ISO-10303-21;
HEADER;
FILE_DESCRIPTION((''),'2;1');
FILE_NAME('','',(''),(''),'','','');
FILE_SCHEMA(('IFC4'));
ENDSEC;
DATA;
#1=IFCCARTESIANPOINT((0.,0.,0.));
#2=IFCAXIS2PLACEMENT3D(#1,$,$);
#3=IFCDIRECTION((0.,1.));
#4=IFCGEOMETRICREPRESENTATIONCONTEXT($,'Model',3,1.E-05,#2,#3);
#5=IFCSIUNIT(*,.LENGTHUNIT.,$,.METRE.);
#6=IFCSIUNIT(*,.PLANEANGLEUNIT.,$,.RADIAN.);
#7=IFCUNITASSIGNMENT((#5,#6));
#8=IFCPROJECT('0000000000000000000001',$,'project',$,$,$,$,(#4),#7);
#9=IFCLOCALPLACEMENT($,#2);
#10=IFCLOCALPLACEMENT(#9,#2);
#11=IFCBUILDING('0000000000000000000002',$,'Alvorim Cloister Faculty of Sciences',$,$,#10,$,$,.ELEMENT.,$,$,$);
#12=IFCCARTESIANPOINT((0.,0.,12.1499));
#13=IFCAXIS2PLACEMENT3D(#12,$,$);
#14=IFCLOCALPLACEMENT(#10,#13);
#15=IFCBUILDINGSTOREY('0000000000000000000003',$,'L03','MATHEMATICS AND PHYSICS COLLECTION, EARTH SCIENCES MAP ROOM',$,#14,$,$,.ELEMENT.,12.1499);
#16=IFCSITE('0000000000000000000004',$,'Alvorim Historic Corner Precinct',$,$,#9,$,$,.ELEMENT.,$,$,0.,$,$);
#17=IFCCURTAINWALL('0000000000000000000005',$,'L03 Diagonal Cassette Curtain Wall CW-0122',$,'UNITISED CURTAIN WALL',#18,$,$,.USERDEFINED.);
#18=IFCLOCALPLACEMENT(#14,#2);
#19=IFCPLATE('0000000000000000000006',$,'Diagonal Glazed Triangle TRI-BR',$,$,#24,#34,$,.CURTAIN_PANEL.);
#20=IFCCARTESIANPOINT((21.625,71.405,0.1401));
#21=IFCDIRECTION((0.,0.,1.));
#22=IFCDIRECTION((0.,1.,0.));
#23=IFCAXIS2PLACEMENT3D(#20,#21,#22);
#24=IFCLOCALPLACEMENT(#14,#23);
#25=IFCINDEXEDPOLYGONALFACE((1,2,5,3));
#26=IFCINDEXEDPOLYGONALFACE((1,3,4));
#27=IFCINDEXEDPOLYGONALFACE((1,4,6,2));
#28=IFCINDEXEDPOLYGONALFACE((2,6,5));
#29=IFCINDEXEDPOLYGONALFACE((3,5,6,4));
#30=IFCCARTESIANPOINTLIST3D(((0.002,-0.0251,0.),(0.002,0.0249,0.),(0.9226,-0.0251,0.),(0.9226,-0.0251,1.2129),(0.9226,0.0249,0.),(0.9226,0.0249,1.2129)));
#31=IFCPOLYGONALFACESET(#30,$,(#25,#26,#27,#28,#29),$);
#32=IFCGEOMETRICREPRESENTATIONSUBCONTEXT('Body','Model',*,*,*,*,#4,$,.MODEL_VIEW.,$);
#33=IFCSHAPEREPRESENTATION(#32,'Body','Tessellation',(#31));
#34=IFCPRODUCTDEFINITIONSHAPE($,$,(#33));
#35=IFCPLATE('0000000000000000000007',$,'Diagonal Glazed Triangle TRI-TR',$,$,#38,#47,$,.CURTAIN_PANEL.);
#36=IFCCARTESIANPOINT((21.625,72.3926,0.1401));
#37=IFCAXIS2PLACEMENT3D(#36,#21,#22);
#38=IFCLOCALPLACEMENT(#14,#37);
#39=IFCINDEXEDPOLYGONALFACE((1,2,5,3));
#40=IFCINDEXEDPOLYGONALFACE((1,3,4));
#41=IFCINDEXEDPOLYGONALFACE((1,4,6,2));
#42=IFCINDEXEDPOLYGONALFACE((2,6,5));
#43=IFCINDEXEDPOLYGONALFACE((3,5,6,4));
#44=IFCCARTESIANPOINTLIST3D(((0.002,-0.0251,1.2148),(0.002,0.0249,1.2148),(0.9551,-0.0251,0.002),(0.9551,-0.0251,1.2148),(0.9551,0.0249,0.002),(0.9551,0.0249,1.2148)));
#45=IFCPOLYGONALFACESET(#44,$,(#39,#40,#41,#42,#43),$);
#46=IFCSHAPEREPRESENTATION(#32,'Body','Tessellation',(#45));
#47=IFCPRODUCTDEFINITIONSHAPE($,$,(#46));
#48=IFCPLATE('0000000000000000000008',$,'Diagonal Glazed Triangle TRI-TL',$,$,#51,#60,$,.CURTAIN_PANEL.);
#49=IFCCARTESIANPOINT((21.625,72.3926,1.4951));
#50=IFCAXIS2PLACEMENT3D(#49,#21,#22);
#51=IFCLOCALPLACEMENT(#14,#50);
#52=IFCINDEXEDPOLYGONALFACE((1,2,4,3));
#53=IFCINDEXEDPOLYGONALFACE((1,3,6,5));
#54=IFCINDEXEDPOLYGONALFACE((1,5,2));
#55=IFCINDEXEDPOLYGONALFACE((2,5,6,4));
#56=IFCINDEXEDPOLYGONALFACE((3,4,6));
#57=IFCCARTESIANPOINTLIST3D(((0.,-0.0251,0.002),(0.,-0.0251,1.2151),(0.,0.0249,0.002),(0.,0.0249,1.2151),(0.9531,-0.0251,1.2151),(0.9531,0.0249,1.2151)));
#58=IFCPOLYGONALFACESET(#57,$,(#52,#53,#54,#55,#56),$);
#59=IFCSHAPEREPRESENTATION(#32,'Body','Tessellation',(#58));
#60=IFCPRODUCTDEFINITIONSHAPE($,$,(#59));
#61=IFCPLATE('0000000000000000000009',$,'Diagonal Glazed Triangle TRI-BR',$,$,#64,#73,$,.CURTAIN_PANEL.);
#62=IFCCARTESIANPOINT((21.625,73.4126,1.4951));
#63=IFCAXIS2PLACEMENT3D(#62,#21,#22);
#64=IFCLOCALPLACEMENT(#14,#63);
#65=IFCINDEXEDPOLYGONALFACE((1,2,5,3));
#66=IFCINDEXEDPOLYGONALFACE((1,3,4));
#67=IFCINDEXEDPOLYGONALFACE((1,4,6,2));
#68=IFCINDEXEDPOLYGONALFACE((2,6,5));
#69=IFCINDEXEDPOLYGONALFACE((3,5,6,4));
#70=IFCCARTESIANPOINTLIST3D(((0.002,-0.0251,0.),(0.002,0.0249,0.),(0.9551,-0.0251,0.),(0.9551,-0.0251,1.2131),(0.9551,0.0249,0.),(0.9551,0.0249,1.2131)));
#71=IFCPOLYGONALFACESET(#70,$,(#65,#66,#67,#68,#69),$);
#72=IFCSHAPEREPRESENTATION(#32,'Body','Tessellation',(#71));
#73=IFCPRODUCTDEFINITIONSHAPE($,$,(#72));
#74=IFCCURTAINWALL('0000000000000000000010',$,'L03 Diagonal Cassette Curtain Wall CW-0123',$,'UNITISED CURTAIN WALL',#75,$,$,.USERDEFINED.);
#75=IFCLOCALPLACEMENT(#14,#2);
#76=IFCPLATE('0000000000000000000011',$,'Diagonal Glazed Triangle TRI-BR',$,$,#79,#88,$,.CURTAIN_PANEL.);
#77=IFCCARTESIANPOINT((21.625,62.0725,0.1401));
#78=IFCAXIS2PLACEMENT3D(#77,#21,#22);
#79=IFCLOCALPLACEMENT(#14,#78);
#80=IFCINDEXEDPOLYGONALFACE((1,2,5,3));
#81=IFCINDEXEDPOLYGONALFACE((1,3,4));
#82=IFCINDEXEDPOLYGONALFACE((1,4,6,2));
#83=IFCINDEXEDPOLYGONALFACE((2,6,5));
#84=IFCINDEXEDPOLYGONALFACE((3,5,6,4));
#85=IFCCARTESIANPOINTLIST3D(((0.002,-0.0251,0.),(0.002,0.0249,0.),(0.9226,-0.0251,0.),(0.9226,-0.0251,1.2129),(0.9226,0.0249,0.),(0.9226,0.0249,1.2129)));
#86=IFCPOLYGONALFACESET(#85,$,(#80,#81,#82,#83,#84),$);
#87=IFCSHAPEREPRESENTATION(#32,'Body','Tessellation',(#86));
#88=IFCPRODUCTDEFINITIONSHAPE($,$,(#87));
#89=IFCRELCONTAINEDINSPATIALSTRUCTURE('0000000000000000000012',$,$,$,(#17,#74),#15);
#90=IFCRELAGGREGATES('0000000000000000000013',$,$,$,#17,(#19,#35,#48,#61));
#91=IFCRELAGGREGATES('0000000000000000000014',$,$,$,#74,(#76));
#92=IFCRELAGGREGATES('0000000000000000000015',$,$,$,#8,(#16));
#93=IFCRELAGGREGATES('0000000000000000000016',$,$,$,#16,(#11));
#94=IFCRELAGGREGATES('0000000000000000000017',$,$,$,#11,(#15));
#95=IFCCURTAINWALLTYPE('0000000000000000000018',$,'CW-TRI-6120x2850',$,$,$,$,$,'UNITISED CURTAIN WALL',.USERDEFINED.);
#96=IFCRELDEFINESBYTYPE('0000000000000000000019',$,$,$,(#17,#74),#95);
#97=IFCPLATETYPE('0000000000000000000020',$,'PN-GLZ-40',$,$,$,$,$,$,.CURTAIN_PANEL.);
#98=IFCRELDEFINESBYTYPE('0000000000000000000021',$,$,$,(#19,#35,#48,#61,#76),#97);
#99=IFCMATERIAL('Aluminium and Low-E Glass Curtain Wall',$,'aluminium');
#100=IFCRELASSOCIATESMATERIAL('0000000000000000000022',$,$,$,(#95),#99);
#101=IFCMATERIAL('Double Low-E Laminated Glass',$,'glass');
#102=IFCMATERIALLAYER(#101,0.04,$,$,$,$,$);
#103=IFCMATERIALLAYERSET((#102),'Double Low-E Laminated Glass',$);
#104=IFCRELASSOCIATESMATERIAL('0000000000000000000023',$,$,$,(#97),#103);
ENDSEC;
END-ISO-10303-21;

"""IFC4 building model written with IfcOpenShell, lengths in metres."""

from ifc_helpers import new_model, si_unit, direction, frame, origin, place, context, subcontext, project, spatial, polyline, outline, extrude, material, layer, layer_set, type_object, element, aggregate, save


model = new_model("IFC4")

# Units and contexts
model_context = context("Model", 3, precision=1e-05, world=origin(), true_north=direction((0.0, 1.0)))
body_context = subcontext(model_context, "Body", "Model", "MODEL_VIEW")
ifc_project = project(units=[si_unit("LENGTHUNIT", "METRE"), si_unit("PLANEANGLEUNIT", "RADIAN")], contexts=[model_context])

# Site, building, storey
site_placement = place(None, origin())
site = spatial("IfcSite", under=ifc_project, at=site_placement, Name="Alvorim Historic Corner Precinct", CompositionType="ELEMENT", RefElevation=0.0)
building_placement = place(site_placement, origin())
building = spatial("IfcBuilding", under=site, at=building_placement, Name="Alvorim Cloister Faculty of Sciences", CompositionType="ELEMENT")
storey_placement = place(building_placement, frame((0.0, 0.0, 12.1499)))
storey = spatial("IfcBuildingStorey", under=building, at=storey_placement, Name="L03", Description="MATHEMATICS AND PHYSICS COLLECTION, EARTH SCIENCES MAP ROOM", CompositionType="ELEMENT", Elevation=12.1499)

# Curtain wall, plates
ifc_material_1 = material(Name="Aluminium and Low-E Glass Curtain Wall", Category="aluminium")
curtain_wall_type = type_object("IfcCurtainWallType", Name="CW-TRI-6120x2850", ElementType="UNITISED CURTAIN WALL", PredefinedType="USERDEFINED", material=ifc_material_1)
curtain_wall_1_placement = place(storey_placement, origin())
curtain_wall_1 = element("IfcCurtainWall", 1, at=curtain_wall_1_placement, inside=storey, type_object=curtain_wall_type, Name="L03 Diagonal Cassette Curtain Wall CW-0122", ObjectType="UNITISED CURTAIN WALL", PredefinedType="USERDEFINED")
ifc_material_2 = material(Name="Double Low-E Laminated Glass", Category="glass")
ifc_layer_1 = layer(ifc_material_2, 0.04)
ifc_layer_set_1 = layer_set([ifc_layer_1], Name="Double Low-E Laminated Glass")
plate_type = type_object("IfcPlateType", Name="PN-GLZ-40", PredefinedType="CURTAIN_PANEL", material=ifc_layer_set_1)
plate_1_placement = place(storey_placement, frame((21.625, 71.405, 0.1401), z_axis=(0.0, 0.0, 1.0), x_axis=(0.0, 1.0, 0.0)))
plate_1 = element("IfcPlate", 2, at=plate_1_placement, type_object=plate_type, Name="Diagonal Glazed Triangle TRI-BR", PredefinedType="CURTAIN_PANEL", context=body_context, shape_type="SweptSolid", body=[
    extrude(outline(polyline([(0.002, 0.0), (0.9226, 0.0), (0.9226, 1.2129), (0.002, 0.0)])), frame((0.0, 0.0249, 0.0), z_axis=(0.0, -1.0, 0.0), x_axis=(1.0, 0.0, 0.0)), (0.0, 0.0, 1.0), 0.05),
])
plate_2_placement = place(storey_placement, frame((21.625, 72.3926, 0.1401), z_axis=(0.0, 0.0, 1.0), x_axis=(0.0, 1.0, 0.0)))
plate_2 = element("IfcPlate", 3, at=plate_2_placement, type_object=plate_type, Name="Diagonal Glazed Triangle TRI-TR", PredefinedType="CURTAIN_PANEL", context=body_context, shape_type="SweptSolid", body=[
    extrude(outline(polyline([(0.9551, 0.002), (0.9551, 1.2148), (0.002, 1.2148), (0.9551, 0.002)])), frame((0.0, 0.0249, 0.0), z_axis=(0.0, -1.0, 0.0), x_axis=(1.0, 0.0, 0.0)), (0.0, 0.0, 1.0), 0.05),
])
plate_3_placement = place(storey_placement, frame((21.625, 72.3926, 1.4951), z_axis=(0.0, 0.0, 1.0), x_axis=(0.0, 1.0, 0.0)))
plate_3 = element("IfcPlate", 4, at=plate_3_placement, type_object=plate_type, Name="Diagonal Glazed Triangle TRI-TL", PredefinedType="CURTAIN_PANEL", context=body_context, shape_type="SweptSolid", body=[
    extrude(outline(polyline([(0.9531, 1.2151), (0.0, 1.2151), (0.0, 0.002), (0.9531, 1.2151)])), frame((0.0, 0.0249, 0.0), z_axis=(0.0, -1.0, 0.0), x_axis=(1.0, 0.0, 0.0)), (0.0, 0.0, 1.0), 0.05),
])
plate_4_placement = place(storey_placement, frame((21.625, 73.4126, 1.4951), z_axis=(0.0, 0.0, 1.0), x_axis=(0.0, 1.0, 0.0)))
plate_4 = element("IfcPlate", 5, at=plate_4_placement, type_object=plate_type, Name="Diagonal Glazed Triangle TRI-BR", PredefinedType="CURTAIN_PANEL", context=body_context, shape_type="SweptSolid", body=[
    extrude(outline(polyline([(0.002, 0.0), (0.9551, 0.0), (0.9551, 1.2131), (0.002, 0.0)])), frame((0.0, 0.0249, 0.0), z_axis=(0.0, -1.0, 0.0), x_axis=(1.0, 0.0, 0.0)), (0.0, 0.0, 1.0), 0.05),
])
aggregate(curtain_wall_1, [plate_1, plate_2, plate_3, plate_4])

# Curtain wall, plate
curtain_wall_2_placement = place(storey_placement, origin())
curtain_wall_2 = element("IfcCurtainWall", 6, at=curtain_wall_2_placement, inside=storey, type_object=curtain_wall_type, Name="L03 Diagonal Cassette Curtain Wall CW-0123", ObjectType="UNITISED CURTAIN WALL", PredefinedType="USERDEFINED")
plate_5_placement = place(storey_placement, frame((21.625, 62.0725, 0.1401), z_axis=(0.0, 0.0, 1.0), x_axis=(0.0, 1.0, 0.0)))
plate_5 = element("IfcPlate", 7, at=plate_5_placement, type_object=plate_type, Name="Diagonal Glazed Triangle TRI-BR", PredefinedType="CURTAIN_PANEL", context=body_context, shape_type="SweptSolid", body=[
    extrude(outline(polyline([(0.002, 0.0), (0.9226, 0.0), (0.9226, 1.2129), (0.002, 0.0)])), frame((0.0, 0.0249, 0.0), z_axis=(0.0, -1.0, 0.0), x_axis=(1.0, 0.0, 0.0)), (0.0, 0.0, 1.0), 0.05),
])
aggregate(curtain_wall_2, [plate_5])

save(model, "model.ifc")
